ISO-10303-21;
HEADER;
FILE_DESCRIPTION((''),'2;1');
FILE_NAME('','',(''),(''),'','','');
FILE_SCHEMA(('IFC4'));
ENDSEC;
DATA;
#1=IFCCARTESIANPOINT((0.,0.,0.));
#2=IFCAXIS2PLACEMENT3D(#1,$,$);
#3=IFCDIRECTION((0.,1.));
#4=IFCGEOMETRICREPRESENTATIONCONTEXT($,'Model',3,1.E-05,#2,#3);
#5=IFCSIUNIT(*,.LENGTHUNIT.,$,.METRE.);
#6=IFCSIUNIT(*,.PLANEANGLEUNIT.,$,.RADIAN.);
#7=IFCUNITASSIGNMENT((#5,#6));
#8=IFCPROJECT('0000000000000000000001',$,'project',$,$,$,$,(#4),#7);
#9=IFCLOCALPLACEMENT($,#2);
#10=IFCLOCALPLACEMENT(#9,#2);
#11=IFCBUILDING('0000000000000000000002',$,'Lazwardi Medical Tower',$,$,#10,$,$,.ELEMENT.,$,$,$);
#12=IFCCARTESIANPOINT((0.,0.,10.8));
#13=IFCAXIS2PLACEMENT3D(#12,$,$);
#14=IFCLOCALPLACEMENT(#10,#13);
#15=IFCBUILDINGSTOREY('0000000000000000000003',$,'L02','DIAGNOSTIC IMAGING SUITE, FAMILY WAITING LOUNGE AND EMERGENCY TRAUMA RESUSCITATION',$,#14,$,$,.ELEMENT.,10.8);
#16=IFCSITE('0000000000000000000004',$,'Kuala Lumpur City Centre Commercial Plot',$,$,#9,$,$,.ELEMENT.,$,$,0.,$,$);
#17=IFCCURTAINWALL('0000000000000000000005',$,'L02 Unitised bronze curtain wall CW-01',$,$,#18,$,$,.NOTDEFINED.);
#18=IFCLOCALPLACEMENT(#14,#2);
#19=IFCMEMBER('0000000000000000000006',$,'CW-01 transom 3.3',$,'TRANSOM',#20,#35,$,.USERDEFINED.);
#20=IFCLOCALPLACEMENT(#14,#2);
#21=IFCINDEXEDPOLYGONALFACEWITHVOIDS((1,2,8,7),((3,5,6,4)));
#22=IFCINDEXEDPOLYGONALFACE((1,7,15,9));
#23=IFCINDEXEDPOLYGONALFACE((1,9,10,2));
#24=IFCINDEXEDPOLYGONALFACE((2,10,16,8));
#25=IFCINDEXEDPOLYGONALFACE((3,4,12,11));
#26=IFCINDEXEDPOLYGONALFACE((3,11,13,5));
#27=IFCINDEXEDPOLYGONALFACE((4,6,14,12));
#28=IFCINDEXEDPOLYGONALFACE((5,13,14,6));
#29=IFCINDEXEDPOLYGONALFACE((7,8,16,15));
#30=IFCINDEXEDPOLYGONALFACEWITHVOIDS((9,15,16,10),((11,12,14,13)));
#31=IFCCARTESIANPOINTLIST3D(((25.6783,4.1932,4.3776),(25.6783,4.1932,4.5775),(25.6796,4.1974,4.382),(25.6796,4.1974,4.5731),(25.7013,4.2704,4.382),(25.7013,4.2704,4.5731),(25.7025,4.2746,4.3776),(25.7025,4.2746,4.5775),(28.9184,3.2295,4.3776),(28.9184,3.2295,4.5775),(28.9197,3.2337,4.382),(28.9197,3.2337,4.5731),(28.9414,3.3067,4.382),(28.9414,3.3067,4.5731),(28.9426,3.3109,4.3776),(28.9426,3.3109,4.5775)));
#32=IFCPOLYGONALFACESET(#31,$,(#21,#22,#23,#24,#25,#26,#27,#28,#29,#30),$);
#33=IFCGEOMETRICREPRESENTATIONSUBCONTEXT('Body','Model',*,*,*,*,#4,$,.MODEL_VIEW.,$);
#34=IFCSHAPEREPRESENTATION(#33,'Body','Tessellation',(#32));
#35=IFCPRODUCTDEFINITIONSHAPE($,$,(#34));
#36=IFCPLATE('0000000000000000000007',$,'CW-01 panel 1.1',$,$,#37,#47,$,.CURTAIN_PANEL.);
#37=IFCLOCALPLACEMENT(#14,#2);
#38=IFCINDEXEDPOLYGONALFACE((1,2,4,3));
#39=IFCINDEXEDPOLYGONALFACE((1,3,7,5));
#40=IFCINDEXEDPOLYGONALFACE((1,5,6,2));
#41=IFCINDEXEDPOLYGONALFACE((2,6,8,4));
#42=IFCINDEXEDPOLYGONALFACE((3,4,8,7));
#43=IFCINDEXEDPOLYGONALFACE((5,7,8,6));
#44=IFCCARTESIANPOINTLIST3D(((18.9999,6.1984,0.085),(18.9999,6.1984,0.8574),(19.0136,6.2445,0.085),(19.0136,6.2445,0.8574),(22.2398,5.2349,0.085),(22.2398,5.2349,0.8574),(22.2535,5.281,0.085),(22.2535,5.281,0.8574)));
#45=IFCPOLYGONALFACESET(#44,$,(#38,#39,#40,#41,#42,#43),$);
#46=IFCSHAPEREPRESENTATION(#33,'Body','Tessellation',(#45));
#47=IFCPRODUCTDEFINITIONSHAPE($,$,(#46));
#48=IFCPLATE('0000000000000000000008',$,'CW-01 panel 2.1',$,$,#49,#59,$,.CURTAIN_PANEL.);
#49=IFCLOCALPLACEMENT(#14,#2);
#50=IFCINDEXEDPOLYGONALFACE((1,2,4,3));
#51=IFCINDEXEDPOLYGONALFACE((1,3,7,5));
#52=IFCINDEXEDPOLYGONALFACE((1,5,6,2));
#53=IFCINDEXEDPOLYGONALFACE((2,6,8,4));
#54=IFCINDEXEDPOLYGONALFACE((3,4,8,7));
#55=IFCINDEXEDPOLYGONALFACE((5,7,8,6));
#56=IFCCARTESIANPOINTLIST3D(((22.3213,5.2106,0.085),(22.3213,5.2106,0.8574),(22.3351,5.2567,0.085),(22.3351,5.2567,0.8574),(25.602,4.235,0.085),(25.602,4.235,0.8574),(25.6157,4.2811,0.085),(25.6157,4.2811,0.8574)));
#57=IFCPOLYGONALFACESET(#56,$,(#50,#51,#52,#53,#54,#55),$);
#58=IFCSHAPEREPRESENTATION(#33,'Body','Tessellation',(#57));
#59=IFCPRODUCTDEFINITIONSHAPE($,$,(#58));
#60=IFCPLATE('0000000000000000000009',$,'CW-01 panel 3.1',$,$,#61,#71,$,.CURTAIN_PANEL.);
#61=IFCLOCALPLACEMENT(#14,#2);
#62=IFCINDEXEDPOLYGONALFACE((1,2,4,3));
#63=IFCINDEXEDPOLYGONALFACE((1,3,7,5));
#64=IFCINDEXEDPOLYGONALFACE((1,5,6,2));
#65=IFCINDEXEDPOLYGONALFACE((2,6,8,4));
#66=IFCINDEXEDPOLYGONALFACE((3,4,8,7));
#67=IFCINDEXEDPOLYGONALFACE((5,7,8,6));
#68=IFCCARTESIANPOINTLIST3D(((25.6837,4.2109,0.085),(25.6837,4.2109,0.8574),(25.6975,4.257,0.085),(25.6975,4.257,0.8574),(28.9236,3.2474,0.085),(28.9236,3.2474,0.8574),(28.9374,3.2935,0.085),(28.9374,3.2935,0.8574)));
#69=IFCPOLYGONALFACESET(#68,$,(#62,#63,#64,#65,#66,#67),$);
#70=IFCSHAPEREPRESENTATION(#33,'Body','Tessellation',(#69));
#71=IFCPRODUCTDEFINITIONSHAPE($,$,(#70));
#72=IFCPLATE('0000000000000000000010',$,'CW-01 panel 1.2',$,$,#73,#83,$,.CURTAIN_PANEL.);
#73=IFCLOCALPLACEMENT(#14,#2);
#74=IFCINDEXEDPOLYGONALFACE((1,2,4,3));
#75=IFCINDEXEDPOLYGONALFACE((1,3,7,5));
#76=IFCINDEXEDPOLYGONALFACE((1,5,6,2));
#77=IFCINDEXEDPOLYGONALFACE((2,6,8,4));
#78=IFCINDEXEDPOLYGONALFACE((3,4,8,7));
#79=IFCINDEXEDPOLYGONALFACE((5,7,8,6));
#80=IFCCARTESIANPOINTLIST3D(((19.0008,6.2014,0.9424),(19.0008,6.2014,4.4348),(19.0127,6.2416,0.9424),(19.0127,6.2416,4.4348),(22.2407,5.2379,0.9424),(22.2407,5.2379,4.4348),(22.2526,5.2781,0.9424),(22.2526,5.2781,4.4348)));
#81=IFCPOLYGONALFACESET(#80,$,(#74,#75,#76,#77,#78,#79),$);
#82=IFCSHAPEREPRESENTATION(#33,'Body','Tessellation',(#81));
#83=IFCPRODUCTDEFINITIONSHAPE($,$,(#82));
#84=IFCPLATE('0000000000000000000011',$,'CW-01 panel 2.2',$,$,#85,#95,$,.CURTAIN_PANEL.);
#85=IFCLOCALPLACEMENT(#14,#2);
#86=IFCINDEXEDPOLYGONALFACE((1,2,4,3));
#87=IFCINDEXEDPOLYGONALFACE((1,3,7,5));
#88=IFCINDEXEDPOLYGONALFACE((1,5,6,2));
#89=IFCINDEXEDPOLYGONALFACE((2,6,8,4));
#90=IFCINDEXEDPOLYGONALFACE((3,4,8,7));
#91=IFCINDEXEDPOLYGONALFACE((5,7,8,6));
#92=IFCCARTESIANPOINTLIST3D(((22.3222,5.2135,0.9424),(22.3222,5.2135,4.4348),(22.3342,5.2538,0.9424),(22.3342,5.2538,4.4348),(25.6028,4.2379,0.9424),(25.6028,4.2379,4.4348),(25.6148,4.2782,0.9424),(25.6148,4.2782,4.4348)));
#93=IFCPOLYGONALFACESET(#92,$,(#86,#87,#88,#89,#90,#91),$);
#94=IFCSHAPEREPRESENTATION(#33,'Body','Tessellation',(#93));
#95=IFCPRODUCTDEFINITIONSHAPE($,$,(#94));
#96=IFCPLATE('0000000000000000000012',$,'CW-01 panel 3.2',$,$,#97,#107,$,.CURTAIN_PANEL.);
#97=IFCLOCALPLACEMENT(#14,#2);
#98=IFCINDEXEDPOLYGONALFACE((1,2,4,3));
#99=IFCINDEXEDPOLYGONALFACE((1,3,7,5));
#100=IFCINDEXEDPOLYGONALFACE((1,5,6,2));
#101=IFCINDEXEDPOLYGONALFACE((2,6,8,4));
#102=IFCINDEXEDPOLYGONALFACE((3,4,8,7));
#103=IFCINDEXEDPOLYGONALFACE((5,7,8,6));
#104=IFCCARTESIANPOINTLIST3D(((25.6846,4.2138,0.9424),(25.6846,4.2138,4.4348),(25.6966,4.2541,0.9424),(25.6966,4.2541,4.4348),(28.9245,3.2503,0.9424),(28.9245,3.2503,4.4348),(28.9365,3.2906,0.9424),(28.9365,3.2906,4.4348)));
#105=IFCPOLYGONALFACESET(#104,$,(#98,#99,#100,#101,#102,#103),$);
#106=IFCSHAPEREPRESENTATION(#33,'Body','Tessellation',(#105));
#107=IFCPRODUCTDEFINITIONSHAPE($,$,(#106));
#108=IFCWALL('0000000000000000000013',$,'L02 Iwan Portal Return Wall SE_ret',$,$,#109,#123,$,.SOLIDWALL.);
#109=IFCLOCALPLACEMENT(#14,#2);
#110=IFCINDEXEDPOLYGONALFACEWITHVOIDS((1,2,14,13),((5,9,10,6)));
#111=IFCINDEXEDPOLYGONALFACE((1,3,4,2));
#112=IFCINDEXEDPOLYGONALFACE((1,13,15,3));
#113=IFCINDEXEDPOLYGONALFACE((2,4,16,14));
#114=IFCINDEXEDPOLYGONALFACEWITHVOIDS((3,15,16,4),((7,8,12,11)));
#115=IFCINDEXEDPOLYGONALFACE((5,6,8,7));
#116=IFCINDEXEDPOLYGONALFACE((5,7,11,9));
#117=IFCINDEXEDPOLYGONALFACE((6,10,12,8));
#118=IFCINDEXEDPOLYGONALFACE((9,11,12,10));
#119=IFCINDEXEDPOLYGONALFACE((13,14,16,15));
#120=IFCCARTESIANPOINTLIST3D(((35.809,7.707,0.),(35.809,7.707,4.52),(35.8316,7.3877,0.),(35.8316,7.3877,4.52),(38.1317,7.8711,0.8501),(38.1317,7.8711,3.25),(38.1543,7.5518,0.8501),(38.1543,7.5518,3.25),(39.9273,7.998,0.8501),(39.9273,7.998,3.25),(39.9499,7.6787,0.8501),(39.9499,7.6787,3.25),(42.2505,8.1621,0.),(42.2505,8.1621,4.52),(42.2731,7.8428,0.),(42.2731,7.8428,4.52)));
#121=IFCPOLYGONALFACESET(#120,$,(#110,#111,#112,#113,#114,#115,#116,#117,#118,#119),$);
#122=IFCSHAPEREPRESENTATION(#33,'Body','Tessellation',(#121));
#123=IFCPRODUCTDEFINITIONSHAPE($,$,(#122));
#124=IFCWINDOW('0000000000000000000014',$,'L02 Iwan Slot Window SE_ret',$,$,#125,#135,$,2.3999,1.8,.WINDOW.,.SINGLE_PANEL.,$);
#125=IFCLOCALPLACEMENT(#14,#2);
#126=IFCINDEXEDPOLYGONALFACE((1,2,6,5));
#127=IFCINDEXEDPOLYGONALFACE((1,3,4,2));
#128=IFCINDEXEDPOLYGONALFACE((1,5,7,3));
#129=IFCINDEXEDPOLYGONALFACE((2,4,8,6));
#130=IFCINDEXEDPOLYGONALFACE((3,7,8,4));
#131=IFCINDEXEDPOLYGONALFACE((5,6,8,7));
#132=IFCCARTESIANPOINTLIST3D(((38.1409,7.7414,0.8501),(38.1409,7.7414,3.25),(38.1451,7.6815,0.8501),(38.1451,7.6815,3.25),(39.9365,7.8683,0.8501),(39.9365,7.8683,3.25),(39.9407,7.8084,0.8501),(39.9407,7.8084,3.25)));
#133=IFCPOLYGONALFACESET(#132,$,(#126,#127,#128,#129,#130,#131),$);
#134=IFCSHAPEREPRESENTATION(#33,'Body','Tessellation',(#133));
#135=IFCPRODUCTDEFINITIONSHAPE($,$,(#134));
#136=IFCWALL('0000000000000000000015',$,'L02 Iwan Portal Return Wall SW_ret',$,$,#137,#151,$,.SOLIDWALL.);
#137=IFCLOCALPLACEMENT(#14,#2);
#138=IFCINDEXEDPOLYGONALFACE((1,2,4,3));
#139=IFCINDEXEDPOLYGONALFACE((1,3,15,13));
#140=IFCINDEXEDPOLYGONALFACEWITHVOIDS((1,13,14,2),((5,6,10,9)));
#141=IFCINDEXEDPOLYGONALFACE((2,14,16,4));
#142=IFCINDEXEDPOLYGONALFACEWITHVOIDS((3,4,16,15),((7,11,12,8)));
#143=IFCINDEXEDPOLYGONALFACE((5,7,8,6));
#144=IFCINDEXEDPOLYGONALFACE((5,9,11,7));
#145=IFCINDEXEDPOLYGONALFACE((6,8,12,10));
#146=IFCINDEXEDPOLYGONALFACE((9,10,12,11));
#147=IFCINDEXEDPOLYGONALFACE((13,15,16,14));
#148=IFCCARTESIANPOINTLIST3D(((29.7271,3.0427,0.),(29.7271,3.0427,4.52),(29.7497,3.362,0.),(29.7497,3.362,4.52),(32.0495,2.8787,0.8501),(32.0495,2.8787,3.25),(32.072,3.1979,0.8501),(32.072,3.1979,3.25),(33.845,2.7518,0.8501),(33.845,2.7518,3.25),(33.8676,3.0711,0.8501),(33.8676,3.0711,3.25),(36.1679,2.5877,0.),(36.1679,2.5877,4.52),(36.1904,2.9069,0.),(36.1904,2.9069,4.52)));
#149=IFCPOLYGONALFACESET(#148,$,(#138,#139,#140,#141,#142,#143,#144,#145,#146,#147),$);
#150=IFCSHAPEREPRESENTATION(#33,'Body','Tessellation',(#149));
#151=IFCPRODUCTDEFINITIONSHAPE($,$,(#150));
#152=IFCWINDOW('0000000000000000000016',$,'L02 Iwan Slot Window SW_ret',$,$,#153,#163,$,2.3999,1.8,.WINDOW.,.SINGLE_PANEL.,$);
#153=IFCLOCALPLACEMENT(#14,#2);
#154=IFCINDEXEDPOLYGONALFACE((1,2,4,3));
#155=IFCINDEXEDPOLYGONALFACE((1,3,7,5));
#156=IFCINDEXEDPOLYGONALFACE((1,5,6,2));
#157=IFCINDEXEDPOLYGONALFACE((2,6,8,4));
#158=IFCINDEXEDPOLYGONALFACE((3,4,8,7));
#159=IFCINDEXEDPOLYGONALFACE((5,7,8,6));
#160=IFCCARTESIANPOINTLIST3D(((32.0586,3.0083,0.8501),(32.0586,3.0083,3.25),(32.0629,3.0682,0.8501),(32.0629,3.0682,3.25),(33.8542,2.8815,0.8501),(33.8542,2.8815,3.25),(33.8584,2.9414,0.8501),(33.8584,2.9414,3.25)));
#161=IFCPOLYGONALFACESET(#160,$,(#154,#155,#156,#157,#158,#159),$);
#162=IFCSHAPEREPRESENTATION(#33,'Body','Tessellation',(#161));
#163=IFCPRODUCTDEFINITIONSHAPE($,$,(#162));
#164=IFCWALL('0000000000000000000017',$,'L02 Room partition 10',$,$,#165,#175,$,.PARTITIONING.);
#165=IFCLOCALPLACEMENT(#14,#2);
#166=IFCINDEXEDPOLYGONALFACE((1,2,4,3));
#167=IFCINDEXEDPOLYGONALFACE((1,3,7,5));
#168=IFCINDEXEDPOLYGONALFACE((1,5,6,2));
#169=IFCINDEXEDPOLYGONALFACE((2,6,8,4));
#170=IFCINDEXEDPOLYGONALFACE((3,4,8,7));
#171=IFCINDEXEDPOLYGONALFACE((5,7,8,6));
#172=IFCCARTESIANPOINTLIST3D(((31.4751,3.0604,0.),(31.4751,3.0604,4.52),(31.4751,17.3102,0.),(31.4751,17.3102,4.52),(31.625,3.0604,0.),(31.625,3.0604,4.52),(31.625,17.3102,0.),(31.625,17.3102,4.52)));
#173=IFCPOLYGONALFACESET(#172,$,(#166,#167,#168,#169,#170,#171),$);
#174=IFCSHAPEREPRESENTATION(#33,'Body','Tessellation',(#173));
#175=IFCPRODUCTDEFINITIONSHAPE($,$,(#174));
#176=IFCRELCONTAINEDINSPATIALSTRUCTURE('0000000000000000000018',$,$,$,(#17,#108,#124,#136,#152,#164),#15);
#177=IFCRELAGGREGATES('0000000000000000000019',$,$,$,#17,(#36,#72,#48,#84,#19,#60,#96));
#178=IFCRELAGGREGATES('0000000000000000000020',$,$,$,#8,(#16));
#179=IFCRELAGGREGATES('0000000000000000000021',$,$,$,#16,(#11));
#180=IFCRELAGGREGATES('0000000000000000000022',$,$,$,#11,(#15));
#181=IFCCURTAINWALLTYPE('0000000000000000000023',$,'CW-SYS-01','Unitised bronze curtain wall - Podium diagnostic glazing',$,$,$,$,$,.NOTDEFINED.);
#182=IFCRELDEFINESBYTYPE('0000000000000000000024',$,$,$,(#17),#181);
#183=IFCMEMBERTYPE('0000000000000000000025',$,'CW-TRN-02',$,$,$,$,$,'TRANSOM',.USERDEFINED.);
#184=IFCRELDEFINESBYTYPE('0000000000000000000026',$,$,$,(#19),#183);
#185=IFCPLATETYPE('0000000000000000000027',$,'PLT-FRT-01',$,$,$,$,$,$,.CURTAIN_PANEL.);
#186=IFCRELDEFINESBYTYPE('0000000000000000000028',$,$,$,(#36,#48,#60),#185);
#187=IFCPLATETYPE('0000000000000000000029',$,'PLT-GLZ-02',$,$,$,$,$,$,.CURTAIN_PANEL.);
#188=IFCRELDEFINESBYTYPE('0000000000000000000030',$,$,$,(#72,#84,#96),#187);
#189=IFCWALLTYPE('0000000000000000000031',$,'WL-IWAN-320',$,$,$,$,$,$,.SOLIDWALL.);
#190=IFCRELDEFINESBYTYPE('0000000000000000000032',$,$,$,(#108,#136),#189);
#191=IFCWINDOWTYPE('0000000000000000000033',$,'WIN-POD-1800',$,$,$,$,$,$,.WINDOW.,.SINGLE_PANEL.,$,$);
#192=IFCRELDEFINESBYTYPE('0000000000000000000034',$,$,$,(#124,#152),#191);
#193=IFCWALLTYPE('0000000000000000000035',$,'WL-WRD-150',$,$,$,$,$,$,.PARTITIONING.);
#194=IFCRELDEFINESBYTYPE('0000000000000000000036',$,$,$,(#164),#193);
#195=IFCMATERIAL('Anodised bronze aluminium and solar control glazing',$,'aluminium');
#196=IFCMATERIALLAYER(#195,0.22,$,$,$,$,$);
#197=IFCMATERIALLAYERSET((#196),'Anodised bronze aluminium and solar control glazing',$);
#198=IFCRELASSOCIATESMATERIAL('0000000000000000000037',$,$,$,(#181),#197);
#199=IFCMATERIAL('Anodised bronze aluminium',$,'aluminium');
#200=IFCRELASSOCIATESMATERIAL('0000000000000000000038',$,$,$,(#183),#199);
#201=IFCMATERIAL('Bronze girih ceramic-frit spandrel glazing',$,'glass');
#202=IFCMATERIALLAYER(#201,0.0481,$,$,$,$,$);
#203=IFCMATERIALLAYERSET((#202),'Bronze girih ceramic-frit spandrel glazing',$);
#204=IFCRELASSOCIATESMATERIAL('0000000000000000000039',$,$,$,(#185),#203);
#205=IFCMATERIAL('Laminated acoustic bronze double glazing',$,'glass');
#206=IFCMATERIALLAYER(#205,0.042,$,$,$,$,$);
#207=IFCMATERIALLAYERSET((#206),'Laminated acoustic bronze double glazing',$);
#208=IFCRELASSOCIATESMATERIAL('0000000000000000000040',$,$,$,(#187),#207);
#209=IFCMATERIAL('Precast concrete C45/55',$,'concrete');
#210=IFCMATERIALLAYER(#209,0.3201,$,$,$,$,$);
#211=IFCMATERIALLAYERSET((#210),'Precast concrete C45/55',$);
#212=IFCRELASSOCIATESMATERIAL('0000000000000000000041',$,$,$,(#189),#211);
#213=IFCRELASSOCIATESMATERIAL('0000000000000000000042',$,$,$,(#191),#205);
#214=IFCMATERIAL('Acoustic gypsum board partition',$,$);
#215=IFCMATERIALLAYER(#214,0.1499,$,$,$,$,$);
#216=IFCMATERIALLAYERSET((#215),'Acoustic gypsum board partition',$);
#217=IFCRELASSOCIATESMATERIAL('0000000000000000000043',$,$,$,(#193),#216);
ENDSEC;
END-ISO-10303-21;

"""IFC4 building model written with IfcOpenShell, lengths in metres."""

from ifc_helpers import new_model, si_unit, direction, frame, frame_2d, origin, origin_2d, place, context, subcontext, project, spatial, rectangle, hollow_rectangle, extrude, material, layer, layer_set, material_profile, profile_set, type_object, element, fill, aggregate, save


model = new_model("IFC4")

# Units and contexts
model_context = context("Model", 3, precision=1e-05, world=origin(), true_north=direction((0.0, 1.0)))
body_context = subcontext(model_context, "Body", "Model", "MODEL_VIEW")
ifc_project = project(units=[si_unit("LENGTHUNIT", "METRE"), si_unit("PLANEANGLEUNIT", "RADIAN")], contexts=[model_context])

# Site, building, storey
site_placement = place(None, origin())
site = spatial("IfcSite", under=ifc_project, at=site_placement, Name="Kuala Lumpur City Centre Commercial Plot", CompositionType="ELEMENT", RefElevation=0.0)
building_placement = place(site_placement, origin())
building = spatial("IfcBuilding", under=site, at=building_placement, Name="Lazwardi Medical Tower", CompositionType="ELEMENT")
storey_placement = place(building_placement, frame((0.0, 0.0, 10.8)))
storey = spatial("IfcBuildingStorey", under=building, at=storey_placement, Name="L02", Description="DIAGNOSTIC IMAGING SUITE, FAMILY WAITING LOUNGE AND EMERGENCY TRAUMA RESUSCITATION", CompositionType="ELEMENT", Elevation=10.8)

# Shared definitions
ifc_material_1 = material(Name="Anodised bronze aluminium and solar control glazing", Category="aluminium")
ifc_material_2 = material(Name="Anodised bronze aluminium", Category="aluminium")

# Curtain wall, member, plates
ifc_layer_1 = layer(ifc_material_1, 0.22)
ifc_layer_set_1 = layer_set([ifc_layer_1], Name="Anodised bronze aluminium and solar control glazing")
curtain_wall_type_1 = type_object("IfcCurtainWallType", Name="CW-SYS-01", Description="Unitised bronze curtain wall - Podium diagnostic glazing", PredefinedType="NOTDEFINED", material=ifc_layer_set_1)
curtain_wall_1_placement = place(storey_placement, origin())
curtain_wall_1 = element("IfcCurtainWall", 1, at=curtain_wall_1_placement, inside=storey, type_object=curtain_wall_type_1, Name="L02 Unitised bronze curtain wall CW-01", PredefinedType="NOTDEFINED")
ifc_material_profile_1 = material_profile(ifc_material_2, hollow_rectangle(XDim=0.085, YDim=0.2, WallThickness=0.0044, at=origin_2d()), Name="ALU-TRANSOM 200x85x4.5")
ifc_profile_set_1 = profile_set([ifc_material_profile_1], Name="Anodised bronze aluminium")
member_type_1 = type_object("IfcMemberType", Name="CW-TRN-02", ElementType="TRANSOM", PredefinedType="USERDEFINED", material=ifc_profile_set_1)
member_1_placement = place(storey_placement, frame((25.6904, 4.2339, 4.4775), z_axis=(0.958505, -0.285074, 0.0), x_axis=(0.285074, 0.958505, 0.0)))
member_1 = element("IfcMember", 2, at=member_1_placement, type_object=member_type_1, Name="CW-01 transom 3.3", ObjectType="TRANSOM", PredefinedType="USERDEFINED", context=body_context, shape_type="SweptSolid", body=[
    extrude(hollow_rectangle(XDim=0.085, YDim=0.2, WallThickness=0.0044, at=origin_2d()), origin(), (0.0, 0.0, 1.0), 3.3804),
])
ifc_material_3 = material(Name="Bronze girih ceramic-frit spandrel glazing", Category="glass")
ifc_layer_2 = layer(ifc_material_3, 0.0481)
ifc_layer_set_2 = layer_set([ifc_layer_2], Name="Bronze girih ceramic-frit spandrel glazing")
plate_type_1 = type_object("IfcPlateType", Name="PLT-FRT-01", PredefinedType="CURTAIN_PANEL", material=ifc_layer_set_2)
plate_1_placement = place(storey_placement, frame((20.6267, 5.7397, 0.085), z_axis=(0.0, 0.0, 1.0), x_axis=(0.958513, -0.285047, 0.0)))
plate_1 = element("IfcPlate", 3, at=plate_1_placement, type_object=plate_type_1, Name="CW-01 panel 1.1", PredefinedType="CURTAIN_PANEL", context=body_context, shape_type="SweptSolid", body=[
    extrude(rectangle(XDim=3.3801, YDim=0.0481, at=origin_2d()), origin(), (0.0, 0.0, 1.0), 0.7725),
])
plate_2_placement = place(storey_placement, frame((23.9685, 4.7458, 0.085), z_axis=(0.0, 0.0, 1.0), x_axis=(0.958513, -0.285047, 0.0)))
plate_2 = element("IfcPlate", 4, at=plate_2_placement, type_object=plate_type_1, Name="CW-01 panel 2.1", PredefinedType="CURTAIN_PANEL", context=body_context, shape_type="SweptSolid", body=[
    extrude(rectangle(XDim=3.4226, YDim=0.0481, at=origin_2d()), origin(), (0.0, 0.0, 1.0), 0.7725),
])
plate_3_placement = place(storey_placement, frame((27.3105, 3.7522, 0.085), z_axis=(0.0, 0.0, 1.0), x_axis=(0.958513, -0.285047, 0.0)))
plate_3 = element("IfcPlate", 5, at=plate_3_placement, type_object=plate_type_1, Name="CW-01 panel 3.1", PredefinedType="CURTAIN_PANEL", context=body_context, shape_type="SweptSolid", body=[
    extrude(rectangle(XDim=3.3801, YDim=0.0481, at=origin_2d()), origin(), (0.0, 0.0, 1.0), 0.7725),
])
ifc_material_4 = material(Name="Laminated acoustic bronze double glazing", Category="glass")
ifc_layer_3 = layer(ifc_material_4, 0.042)
ifc_layer_set_3 = layer_set([ifc_layer_3], Name="Laminated acoustic bronze double glazing")
plate_type_2 = type_object("IfcPlateType", Name="PLT-GLZ-02", PredefinedType="CURTAIN_PANEL", material=ifc_layer_set_3)
plate_4_placement = place(storey_placement, frame((20.6267, 5.7397, 0.9424), z_axis=(0.0, 0.0, 1.0), x_axis=(0.958513, -0.285047, 0.0)))
plate_4 = element("IfcPlate", 6, at=plate_4_placement, type_object=plate_type_2, Name="CW-01 panel 1.2", PredefinedType="CURTAIN_PANEL", context=body_context, shape_type="SweptSolid", body=[
    extrude(rectangle(XDim=3.3801, YDim=0.042, at=origin_2d()), origin(), (0.0, 0.0, 1.0), 3.4924),
])
plate_5_placement = place(storey_placement, frame((23.9685, 4.7458, 0.9424), z_axis=(0.0, 0.0, 1.0), x_axis=(0.958513, -0.285047, 0.0)))
plate_5 = element("IfcPlate", 7, at=plate_5_placement, type_object=plate_type_2, Name="CW-01 panel 2.2", PredefinedType="CURTAIN_PANEL", context=body_context, shape_type="SweptSolid", body=[
    extrude(rectangle(XDim=3.4226, YDim=0.042, at=origin_2d()), origin(), (0.0, 0.0, 1.0), 3.4924),
])
plate_6_placement = place(storey_placement, frame((27.3105, 3.7522, 0.9424), z_axis=(0.0, 0.0, 1.0), x_axis=(0.958513, -0.285047, 0.0)))
plate_6 = element("IfcPlate", 8, at=plate_6_placement, type_object=plate_type_2, Name="CW-01 panel 3.2", PredefinedType="CURTAIN_PANEL", context=body_context, shape_type="SweptSolid", body=[
    extrude(rectangle(XDim=3.3801, YDim=0.042, at=origin_2d()), origin(), (0.0, 0.0, 1.0), 3.4924),
])
aggregate(curtain_wall_1, [plate_1, plate_4, plate_2, plate_5, member_1, plate_3, plate_6])

# Walls, openings, windows
ifc_material_5 = material(Name="Precast concrete C45/55", Category="concrete")
ifc_layer_4 = layer(ifc_material_5, 0.3201)
ifc_layer_set_4 = layer_set([ifc_layer_4], Name="Precast concrete C45/55")
wall_type_1 = type_object("IfcWallType", Name="WL-IWAN-320", PredefinedType="SOLIDWALL", material=ifc_layer_set_4)
wall_1_placement = place(storey_placement, frame((35.8203, 7.5474, 0.0), z_axis=(0.0, 0.0, 1.0), x_axis=(0.997514, 0.070473, 0.0)))
wall_1 = element("IfcWall", 9, at=wall_1_placement, inside=storey, type_object=wall_type_1, Name="L02 Iwan Portal Return Wall SE_ret", PredefinedType="SOLIDWALL", context=body_context, shape_type="SweptSolid", body=[
    extrude(rectangle(XDim=6.4575, YDim=0.3201, at=frame_2d((3.2288, 0.0))), origin(), (0.0, 0.0, 1.0), 4.52),
])
opening_1_placement = place(wall_1_placement, frame((2.3286, 0.0, 0.8501)))
opening_1 = element("IfcOpeningElement", 10, at=opening_1_placement, cuts=wall_1, PredefinedType="OPENING", context=body_context, shape_type="SweptSolid", body=[
    extrude(rectangle(XDim=1.8, YDim=2.3999, at=frame_2d((0.8999, 1.2))), frame((0.0, 0.1699, 0.0), z_axis=(0.0, -1.0, 0.0), x_axis=(1.0, 0.0, 0.0)), (0.0, 0.0, 1.0), 0.3401),
])
window_type = type_object("IfcWindowType", Name="WIN-POD-1800", PartitioningType="SINGLE_PANEL", PredefinedType="WINDOW", material=ifc_material_4)
window_1_placement = place(opening_1_placement, origin())
window_1 = element("IfcWindow", 11, at=window_1_placement, inside=storey, type_object=window_type, Name="L02 Iwan Slot Window SE_ret", OverallHeight=2.3999, OverallWidth=1.8, PartitioningType="SINGLE_PANEL", PredefinedType="WINDOW", context=body_context, shape_type="SweptSolid", body=[
    extrude(rectangle(XDim=1.8, YDim=2.3999, at=frame_2d((0.8999, 1.2))), frame((0.0, 0.03, 0.0), z_axis=(0.0, -1.0, 0.0), x_axis=(1.0, 0.0, 0.0)), (0.0, 0.0, 1.0), 0.0601),
])
fill(opening_1, window_1)
wall_2_placement = place(storey_placement, frame((29.7383, 3.2024, 0.0), z_axis=(0.0, 0.0, 1.0), x_axis=(0.997513, -0.070481, 0.0)))
wall_2 = element("IfcWall", 12, at=wall_2_placement, inside=storey, type_object=wall_type_1, Name="L02 Iwan Portal Return Wall SW_ret", PredefinedType="SOLIDWALL", context=body_context, shape_type="SweptSolid", body=[
    extrude(rectangle(XDim=6.4568, YDim=0.3201, at=frame_2d((3.2285, 0.0))), origin(), (0.0, 0.0, 1.0), 4.52),
])
opening_2_placement = place(wall_2_placement, frame((2.3284, 0.0, 0.8501)))
opening_2 = element("IfcOpeningElement", 13, at=opening_2_placement, cuts=wall_2, PredefinedType="OPENING", context=body_context, shape_type="SweptSolid", body=[
    extrude(rectangle(XDim=1.8, YDim=2.3999, at=frame_2d((0.8999, 1.2))), frame((0.0, 0.1699, 0.0), z_axis=(0.0, -1.0, 0.0), x_axis=(1.0, 0.0, 0.0)), (0.0, 0.0, 1.0), 0.3401),
])
window_2_placement = place(opening_2_placement, origin())
window_2 = element("IfcWindow", 14, at=window_2_placement, inside=storey, type_object=window_type, Name="L02 Iwan Slot Window SW_ret", OverallHeight=2.3999, OverallWidth=1.8, PartitioningType="SINGLE_PANEL", PredefinedType="WINDOW", context=body_context, shape_type="SweptSolid", body=[
    extrude(rectangle(XDim=1.8, YDim=2.3999, at=frame_2d((0.8999, 1.2))), frame((0.0, 0.03, 0.0), z_axis=(0.0, -1.0, 0.0), x_axis=(1.0, 0.0, 0.0)), (0.0, 0.0, 1.0), 0.0601),
])
fill(opening_2, window_2)

# Wall
ifc_material_6 = material(Name="Acoustic gypsum board partition")
ifc_layer_5 = layer(ifc_material_6, 0.1499)
ifc_layer_set_5 = layer_set([ifc_layer_5], Name="Acoustic gypsum board partition")
wall_type_2 = type_object("IfcWallType", Name="WL-WRD-150", PredefinedType="PARTITIONING", material=ifc_layer_set_5)
wall_3_placement = place(storey_placement, frame((31.55, 3.0603, 0.0), z_axis=(0.0, 0.0, 1.0), x_axis=(0.0, 1.0, 0.0)))
element("IfcWall", 15, at=wall_3_placement, inside=storey, type_object=wall_type_2, Name="L02 Room partition 10", PredefinedType="PARTITIONING", context=body_context, shape_type="SweptSolid", body=[
    extrude(rectangle(XDim=14.2498, YDim=0.1499, at=frame_2d((7.125, 0.0))), origin(), (0.0, 0.0, 1.0), 4.52),
])

save(model, "model.ifc")
